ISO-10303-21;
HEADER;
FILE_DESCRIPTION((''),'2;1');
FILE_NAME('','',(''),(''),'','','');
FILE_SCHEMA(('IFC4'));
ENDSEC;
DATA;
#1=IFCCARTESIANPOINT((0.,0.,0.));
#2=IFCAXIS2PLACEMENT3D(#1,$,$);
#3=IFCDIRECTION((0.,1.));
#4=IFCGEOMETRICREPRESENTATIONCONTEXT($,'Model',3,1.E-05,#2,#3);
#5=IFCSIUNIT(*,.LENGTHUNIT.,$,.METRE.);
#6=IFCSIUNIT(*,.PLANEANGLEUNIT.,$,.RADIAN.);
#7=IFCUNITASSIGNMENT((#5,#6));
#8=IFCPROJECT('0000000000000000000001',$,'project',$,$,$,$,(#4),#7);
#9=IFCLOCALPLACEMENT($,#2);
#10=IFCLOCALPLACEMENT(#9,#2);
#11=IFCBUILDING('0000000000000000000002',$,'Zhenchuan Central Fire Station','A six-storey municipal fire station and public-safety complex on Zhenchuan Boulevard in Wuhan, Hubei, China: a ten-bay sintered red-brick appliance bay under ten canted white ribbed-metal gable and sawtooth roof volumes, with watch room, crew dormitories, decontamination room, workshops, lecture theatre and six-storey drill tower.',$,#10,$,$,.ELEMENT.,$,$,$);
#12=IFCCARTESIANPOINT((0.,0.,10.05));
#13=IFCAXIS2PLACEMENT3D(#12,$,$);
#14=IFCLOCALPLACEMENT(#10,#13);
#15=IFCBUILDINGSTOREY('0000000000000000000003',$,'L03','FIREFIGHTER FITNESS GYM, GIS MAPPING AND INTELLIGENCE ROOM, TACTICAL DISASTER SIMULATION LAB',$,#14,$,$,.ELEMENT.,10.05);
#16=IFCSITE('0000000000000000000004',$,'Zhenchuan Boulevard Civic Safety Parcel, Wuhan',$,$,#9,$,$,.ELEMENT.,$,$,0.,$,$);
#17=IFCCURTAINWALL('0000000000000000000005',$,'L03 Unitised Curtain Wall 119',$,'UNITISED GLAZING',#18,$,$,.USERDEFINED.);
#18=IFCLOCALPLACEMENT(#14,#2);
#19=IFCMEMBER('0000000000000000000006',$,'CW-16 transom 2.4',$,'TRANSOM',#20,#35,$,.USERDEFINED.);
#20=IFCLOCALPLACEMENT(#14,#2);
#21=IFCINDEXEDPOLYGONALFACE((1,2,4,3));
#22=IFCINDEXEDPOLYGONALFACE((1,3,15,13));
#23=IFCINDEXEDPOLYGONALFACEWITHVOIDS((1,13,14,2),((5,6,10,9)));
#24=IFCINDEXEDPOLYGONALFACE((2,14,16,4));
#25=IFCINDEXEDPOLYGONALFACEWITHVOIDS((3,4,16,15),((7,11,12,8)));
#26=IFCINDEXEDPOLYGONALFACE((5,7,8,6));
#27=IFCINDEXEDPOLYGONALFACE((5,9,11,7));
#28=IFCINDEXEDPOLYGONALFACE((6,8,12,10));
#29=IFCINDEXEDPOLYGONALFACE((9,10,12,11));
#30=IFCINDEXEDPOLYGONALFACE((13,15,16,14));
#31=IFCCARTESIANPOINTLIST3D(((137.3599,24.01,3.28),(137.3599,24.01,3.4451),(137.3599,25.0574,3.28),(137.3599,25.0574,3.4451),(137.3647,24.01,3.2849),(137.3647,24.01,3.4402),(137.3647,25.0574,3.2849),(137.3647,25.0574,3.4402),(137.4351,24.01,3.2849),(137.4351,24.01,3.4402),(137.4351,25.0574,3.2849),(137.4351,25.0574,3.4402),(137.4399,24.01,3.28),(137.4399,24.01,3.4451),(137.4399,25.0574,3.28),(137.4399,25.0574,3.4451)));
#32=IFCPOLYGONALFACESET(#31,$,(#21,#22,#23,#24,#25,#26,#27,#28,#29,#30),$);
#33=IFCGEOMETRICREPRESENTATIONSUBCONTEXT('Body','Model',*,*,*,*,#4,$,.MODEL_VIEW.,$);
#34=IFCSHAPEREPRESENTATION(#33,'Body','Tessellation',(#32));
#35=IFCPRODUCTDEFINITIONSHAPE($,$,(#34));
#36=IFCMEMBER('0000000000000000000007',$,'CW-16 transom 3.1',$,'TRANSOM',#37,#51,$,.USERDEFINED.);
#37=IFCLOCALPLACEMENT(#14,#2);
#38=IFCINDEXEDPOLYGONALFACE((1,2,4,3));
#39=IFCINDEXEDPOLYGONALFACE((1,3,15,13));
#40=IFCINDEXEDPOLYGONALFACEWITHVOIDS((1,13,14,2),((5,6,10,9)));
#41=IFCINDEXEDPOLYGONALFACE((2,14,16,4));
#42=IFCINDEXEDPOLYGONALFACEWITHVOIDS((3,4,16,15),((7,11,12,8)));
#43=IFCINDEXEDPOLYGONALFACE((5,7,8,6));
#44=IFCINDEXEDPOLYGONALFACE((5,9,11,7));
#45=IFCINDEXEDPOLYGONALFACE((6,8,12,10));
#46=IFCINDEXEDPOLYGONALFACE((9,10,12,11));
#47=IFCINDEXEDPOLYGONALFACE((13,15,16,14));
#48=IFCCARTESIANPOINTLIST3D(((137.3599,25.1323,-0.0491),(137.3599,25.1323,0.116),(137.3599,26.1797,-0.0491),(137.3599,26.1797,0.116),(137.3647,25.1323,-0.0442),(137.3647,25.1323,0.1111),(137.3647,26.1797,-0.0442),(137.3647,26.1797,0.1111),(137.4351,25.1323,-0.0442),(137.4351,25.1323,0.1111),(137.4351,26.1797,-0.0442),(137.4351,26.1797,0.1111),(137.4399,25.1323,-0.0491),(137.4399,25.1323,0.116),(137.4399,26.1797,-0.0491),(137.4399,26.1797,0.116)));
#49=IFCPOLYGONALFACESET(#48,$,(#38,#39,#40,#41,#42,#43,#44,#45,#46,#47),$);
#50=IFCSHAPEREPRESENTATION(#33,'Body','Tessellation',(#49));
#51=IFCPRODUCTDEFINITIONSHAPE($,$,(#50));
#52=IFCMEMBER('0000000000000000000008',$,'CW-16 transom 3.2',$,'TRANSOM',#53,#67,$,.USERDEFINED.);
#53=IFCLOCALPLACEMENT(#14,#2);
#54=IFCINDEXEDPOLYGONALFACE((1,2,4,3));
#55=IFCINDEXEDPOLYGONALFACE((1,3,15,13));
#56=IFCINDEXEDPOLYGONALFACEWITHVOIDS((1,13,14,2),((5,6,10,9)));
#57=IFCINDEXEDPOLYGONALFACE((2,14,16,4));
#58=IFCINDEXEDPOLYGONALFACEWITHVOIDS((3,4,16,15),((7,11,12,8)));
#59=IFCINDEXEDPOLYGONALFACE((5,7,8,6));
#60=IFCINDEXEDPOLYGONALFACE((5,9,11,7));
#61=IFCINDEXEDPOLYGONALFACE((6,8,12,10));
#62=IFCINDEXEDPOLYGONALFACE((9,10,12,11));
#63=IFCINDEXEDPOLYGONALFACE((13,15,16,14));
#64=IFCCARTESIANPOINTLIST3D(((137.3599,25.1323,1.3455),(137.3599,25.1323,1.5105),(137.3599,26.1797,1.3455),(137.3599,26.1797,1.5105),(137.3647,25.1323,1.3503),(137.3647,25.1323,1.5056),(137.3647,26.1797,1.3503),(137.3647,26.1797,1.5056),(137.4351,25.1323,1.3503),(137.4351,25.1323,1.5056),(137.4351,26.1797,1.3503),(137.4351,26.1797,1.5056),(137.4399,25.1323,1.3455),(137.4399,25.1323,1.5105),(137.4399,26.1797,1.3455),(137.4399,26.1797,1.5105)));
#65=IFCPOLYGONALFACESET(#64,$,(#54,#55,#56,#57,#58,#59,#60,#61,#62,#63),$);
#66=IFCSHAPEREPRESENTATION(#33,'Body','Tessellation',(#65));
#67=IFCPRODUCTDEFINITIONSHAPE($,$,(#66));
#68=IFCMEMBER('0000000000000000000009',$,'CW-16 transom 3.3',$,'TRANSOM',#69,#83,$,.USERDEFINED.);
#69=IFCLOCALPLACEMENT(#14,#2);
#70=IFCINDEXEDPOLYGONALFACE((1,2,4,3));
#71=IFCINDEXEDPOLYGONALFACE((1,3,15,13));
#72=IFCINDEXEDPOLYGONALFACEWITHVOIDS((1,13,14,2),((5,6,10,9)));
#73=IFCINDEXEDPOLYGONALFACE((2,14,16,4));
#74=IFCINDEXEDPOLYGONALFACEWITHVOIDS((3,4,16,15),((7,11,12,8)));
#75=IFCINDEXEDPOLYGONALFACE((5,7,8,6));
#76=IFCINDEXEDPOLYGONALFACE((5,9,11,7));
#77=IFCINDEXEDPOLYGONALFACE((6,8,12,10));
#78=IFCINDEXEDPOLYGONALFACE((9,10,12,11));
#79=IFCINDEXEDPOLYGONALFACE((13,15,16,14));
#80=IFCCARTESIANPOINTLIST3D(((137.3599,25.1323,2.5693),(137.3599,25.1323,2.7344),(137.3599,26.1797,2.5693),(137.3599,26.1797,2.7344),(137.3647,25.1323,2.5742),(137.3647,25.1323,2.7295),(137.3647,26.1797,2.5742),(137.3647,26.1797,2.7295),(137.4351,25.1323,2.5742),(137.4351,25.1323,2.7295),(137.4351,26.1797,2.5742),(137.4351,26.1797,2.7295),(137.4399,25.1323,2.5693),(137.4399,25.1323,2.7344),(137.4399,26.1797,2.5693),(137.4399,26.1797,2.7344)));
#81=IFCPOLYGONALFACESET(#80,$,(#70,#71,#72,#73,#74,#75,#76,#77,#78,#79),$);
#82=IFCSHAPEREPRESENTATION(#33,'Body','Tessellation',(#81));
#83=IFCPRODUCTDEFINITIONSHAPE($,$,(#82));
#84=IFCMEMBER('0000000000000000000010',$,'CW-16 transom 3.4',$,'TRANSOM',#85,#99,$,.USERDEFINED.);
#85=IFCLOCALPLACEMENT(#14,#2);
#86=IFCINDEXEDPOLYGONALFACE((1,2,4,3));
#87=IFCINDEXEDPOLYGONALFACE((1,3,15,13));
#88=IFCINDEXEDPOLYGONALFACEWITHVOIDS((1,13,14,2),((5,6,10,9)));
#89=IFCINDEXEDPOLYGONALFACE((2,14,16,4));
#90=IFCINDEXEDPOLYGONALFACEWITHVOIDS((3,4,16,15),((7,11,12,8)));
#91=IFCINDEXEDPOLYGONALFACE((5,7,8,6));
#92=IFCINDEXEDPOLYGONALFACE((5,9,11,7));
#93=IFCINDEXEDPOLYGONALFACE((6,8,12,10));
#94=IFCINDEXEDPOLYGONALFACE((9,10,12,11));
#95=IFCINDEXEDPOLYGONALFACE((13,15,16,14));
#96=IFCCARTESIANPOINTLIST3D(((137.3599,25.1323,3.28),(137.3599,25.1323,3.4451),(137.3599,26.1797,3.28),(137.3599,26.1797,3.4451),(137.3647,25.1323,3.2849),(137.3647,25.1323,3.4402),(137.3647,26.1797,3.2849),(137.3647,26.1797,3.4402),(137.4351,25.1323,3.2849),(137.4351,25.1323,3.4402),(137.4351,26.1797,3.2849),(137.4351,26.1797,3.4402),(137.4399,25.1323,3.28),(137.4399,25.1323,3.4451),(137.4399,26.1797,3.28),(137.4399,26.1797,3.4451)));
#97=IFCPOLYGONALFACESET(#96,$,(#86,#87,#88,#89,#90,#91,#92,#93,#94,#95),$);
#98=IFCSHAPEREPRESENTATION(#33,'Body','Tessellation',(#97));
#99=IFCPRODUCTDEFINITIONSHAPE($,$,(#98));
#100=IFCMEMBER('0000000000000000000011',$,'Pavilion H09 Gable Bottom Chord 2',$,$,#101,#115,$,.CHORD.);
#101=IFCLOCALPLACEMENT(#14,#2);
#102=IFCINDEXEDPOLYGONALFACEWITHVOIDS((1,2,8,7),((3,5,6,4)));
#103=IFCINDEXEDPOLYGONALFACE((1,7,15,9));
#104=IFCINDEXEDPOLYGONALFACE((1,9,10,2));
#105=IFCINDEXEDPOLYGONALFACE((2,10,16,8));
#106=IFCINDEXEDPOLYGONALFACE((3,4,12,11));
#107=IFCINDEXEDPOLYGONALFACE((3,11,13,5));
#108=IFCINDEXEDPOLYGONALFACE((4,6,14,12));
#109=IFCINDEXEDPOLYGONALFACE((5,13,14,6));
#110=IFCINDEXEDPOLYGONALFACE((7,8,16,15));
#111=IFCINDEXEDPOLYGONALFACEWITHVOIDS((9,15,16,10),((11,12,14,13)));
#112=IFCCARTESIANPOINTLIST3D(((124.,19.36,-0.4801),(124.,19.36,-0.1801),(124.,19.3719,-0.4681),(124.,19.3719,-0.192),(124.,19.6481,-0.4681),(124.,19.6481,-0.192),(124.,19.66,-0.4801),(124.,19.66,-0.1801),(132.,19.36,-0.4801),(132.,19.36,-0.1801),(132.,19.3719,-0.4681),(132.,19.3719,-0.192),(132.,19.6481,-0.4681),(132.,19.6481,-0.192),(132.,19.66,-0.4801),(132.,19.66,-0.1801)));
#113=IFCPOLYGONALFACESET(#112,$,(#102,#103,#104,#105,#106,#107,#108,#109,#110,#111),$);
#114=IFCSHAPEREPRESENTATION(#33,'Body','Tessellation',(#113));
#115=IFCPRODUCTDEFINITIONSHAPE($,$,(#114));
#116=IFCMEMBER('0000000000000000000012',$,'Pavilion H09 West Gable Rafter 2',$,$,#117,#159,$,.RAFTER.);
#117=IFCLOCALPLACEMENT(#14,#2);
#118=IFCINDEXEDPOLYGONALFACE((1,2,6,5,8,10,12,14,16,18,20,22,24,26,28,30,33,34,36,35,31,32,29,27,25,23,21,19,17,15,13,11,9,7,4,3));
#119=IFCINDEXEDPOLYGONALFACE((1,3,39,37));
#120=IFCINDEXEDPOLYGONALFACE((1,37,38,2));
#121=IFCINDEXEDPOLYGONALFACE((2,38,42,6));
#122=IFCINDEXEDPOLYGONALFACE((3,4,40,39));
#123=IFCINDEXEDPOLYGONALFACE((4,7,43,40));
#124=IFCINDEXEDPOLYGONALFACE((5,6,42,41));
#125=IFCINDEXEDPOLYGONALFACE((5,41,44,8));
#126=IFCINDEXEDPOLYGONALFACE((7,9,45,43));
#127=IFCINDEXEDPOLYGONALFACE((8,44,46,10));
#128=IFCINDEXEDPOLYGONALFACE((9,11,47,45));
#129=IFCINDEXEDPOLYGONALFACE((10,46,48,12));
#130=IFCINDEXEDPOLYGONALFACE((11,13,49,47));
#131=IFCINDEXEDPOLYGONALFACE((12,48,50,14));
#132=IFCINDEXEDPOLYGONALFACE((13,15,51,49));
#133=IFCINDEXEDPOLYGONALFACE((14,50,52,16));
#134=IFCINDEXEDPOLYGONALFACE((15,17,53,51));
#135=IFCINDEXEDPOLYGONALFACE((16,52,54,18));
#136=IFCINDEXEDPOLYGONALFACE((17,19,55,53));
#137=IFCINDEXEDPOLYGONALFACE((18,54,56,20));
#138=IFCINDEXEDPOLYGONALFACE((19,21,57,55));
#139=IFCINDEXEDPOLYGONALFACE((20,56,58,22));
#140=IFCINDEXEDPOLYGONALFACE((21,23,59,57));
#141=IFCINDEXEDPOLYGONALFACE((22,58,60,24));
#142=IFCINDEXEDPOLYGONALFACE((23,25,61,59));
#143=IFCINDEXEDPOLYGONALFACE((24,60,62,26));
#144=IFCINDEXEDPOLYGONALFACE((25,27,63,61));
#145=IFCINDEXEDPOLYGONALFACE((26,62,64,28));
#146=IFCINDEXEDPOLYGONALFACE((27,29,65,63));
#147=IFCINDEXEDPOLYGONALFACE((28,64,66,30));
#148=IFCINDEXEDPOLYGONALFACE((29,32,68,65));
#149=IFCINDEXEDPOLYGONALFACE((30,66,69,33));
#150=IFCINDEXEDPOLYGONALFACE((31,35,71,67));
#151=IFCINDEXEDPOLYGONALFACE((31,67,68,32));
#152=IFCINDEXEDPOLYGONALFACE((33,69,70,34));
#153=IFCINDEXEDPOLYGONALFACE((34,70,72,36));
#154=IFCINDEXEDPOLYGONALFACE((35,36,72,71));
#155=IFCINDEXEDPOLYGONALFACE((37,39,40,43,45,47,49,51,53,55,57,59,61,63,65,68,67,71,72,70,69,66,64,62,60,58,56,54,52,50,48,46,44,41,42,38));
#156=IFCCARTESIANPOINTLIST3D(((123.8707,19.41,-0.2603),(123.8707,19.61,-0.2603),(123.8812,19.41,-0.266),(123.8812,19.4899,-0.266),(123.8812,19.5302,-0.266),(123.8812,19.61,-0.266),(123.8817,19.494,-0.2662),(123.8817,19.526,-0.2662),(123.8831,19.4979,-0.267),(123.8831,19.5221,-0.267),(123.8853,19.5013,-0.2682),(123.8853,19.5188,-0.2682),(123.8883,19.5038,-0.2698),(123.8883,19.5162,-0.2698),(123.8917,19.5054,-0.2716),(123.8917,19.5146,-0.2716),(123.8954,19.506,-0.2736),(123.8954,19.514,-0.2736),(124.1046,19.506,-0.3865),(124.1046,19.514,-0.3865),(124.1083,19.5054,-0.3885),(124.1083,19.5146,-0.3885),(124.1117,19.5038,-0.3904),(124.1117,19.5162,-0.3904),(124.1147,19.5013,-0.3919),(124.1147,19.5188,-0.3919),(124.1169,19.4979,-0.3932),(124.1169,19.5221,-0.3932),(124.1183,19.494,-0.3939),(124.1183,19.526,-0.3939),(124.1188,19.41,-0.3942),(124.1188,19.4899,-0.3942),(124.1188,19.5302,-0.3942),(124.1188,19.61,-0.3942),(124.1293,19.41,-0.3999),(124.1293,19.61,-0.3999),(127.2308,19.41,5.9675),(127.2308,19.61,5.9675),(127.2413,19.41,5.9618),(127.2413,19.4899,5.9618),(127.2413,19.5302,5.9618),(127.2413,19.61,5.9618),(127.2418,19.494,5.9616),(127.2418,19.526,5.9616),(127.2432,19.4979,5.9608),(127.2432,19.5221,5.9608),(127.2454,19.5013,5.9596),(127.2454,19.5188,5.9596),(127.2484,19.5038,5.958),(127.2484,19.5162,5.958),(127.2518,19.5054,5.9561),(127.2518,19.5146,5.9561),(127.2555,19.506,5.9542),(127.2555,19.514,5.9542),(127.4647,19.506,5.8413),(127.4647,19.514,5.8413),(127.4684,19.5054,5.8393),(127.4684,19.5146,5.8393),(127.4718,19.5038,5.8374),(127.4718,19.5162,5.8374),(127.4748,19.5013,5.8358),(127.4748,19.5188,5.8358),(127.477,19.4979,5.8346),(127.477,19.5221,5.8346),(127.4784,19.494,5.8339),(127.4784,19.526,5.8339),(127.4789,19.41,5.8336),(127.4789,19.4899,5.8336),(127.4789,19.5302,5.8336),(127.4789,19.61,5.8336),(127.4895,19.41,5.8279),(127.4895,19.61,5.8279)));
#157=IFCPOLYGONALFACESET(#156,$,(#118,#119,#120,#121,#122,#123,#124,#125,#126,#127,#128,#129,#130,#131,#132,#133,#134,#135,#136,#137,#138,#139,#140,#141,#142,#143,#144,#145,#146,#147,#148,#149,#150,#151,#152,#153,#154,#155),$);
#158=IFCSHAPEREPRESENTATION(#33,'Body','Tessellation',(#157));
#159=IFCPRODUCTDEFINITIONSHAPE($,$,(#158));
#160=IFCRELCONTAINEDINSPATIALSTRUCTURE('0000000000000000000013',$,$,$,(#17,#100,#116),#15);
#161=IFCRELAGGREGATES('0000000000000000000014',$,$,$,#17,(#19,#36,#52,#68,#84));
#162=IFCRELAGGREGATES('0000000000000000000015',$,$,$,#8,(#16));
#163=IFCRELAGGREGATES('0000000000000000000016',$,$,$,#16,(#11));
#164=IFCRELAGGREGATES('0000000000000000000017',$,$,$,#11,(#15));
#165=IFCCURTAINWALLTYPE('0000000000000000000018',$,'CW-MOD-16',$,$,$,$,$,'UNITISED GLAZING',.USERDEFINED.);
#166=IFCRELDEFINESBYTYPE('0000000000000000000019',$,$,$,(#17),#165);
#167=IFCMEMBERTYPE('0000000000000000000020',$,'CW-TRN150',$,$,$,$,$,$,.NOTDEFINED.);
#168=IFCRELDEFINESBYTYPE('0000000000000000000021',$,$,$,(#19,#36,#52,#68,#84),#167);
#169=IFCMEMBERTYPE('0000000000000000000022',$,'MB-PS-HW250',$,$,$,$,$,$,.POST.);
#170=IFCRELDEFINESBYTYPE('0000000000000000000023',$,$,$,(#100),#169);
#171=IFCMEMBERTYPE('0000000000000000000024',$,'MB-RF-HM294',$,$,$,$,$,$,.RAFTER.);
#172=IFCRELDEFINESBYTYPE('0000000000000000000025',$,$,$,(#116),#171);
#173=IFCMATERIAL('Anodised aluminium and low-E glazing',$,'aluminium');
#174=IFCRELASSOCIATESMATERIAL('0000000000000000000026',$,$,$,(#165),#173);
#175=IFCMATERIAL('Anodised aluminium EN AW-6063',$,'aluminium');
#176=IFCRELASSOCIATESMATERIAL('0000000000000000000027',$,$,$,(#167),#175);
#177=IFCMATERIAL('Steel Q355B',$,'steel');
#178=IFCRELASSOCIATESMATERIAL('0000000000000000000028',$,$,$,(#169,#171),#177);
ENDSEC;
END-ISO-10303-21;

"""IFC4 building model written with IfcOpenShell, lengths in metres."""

from ifc_helpers import new_model, si_unit, direction, frame, origin, origin_2d, place, context, subcontext, project, spatial, hollow_rectangle, i_section, extrude, material, material_profile, profile_set, type_object, element, aggregate, save


model = new_model("IFC4")

# Units and contexts
model_context = context("Model", 3, precision=1e-05, world=origin(), true_north=direction((0.0, 1.0)))
body_context = subcontext(model_context, "Body", "Model", "MODEL_VIEW")
ifc_project = project(units=[si_unit("LENGTHUNIT", "METRE"), si_unit("PLANEANGLEUNIT", "RADIAN")], contexts=[model_context])

# Site, building, storey
site_placement = place(None, origin())
site = spatial("IfcSite", under=ifc_project, at=site_placement, Name="Zhenchuan Boulevard Civic Safety Parcel, Wuhan", CompositionType="ELEMENT", RefElevation=0.0)
building_placement = place(site_placement, origin())
building = spatial("IfcBuilding", under=site, at=building_placement, Name="Zhenchuan Central Fire Station", Description="A six-storey municipal fire station and public-safety complex on Zhenchuan Boulevard in Wuhan, Hubei, China: a ten-bay sintered red-brick appliance bay under ten canted white ribbed-metal gable and sawtooth roof volumes, with watch room, crew dormitories, decontamination room, workshops, lecture theatre and six-storey drill tower.", CompositionType="ELEMENT")
storey_placement = place(building_placement, frame((0.0, 0.0, 10.05)))
storey = spatial("IfcBuildingStorey", under=building, at=storey_placement, Name="L03", Description="FIREFIGHTER FITNESS GYM, GIS MAPPING AND INTELLIGENCE ROOM, TACTICAL DISASTER SIMULATION LAB", CompositionType="ELEMENT", Elevation=10.05)

# Curtain wall, members
ifc_material_1 = material(Name="Anodised aluminium and low-E glazing", Category="aluminium")
curtain_wall_type = type_object("IfcCurtainWallType", Name="CW-MOD-16", ElementType="UNITISED GLAZING", PredefinedType="USERDEFINED", material=ifc_material_1)
curtain_wall_placement = place(storey_placement, origin())
curtain_wall = element("IfcCurtainWall", 1, at=curtain_wall_placement, inside=storey, type_object=curtain_wall_type, Name="L03 Unitised Curtain Wall 119", ObjectType="UNITISED GLAZING", PredefinedType="USERDEFINED")
ifc_material_2 = material(Name="Anodised aluminium EN AW-6063", Category="aluminium")
ifc_material_profile_1 = material_profile(ifc_material_2, hollow_rectangle(XDim=0.0801, YDim=0.165, WallThickness=0.0049, at=origin_2d()), Name="ALU-T 165x80")
ifc_profile_set_1 = profile_set([ifc_material_profile_1], Name="Anodised aluminium EN AW-6063")
member_type_1 = type_object("IfcMemberType", Name="CW-TRN150", PredefinedType="NOTDEFINED", material=ifc_profile_set_1)
member_1_placement = place(storey_placement, frame((137.3999, 24.01, 3.3625), z_axis=(0.0, 1.0, 0.0), x_axis=(-1.0, 0.0, 0.0)))
member_1 = element("IfcMember", 2, at=member_1_placement, type_object=member_type_1, Name="CW-16 transom 2.4", ObjectType="TRANSOM", PredefinedType="USERDEFINED", context=body_context, shape_type="SweptSolid", body=[
    extrude(hollow_rectangle(XDim=0.0801, YDim=0.165, WallThickness=0.0049, at=origin_2d()), origin(), (0.0, 0.0, 1.0), 1.0474),
])
member_2_placement = place(storey_placement, frame((137.3999, 25.1323, 0.0334), z_axis=(0.0, 1.0, 0.0), x_axis=(-1.0, 0.0, 0.0)))
member_2 = element("IfcMember", 3, at=member_2_placement, type_object=member_type_1, Name="CW-16 transom 3.1", ObjectType="TRANSOM", PredefinedType="USERDEFINED", context=body_context, shape_type="SweptSolid", body=[
    extrude(hollow_rectangle(XDim=0.0801, YDim=0.165, WallThickness=0.0049, at=origin_2d()), origin(), (0.0, 0.0, 1.0), 1.0474),
])
member_3_placement = place(storey_placement, frame((137.3999, 25.1323, 1.428), z_axis=(0.0, 1.0, 0.0), x_axis=(-1.0, 0.0, 0.0)))
member_3 = element("IfcMember", 4, at=member_3_placement, type_object=member_type_1, Name="CW-16 transom 3.2", ObjectType="TRANSOM", PredefinedType="USERDEFINED", context=body_context, shape_type="SweptSolid", body=[
    extrude(hollow_rectangle(XDim=0.0801, YDim=0.165, WallThickness=0.0049, at=origin_2d()), origin(), (0.0, 0.0, 1.0), 1.0474),
])
member_4_placement = place(storey_placement, frame((137.3999, 25.1323, 2.6519), z_axis=(0.0, 1.0, 0.0), x_axis=(-1.0, 0.0, 0.0)))
member_4 = element("IfcMember", 5, at=member_4_placement, type_object=member_type_1, Name="CW-16 transom 3.3", ObjectType="TRANSOM", PredefinedType="USERDEFINED", context=body_context, shape_type="SweptSolid", body=[
    extrude(hollow_rectangle(XDim=0.0801, YDim=0.165, WallThickness=0.0049, at=origin_2d()), origin(), (0.0, 0.0, 1.0), 1.0474),
])
member_5_placement = place(storey_placement, frame((137.3999, 25.1323, 3.3625), z_axis=(0.0, 1.0, 0.0), x_axis=(-1.0, 0.0, 0.0)))
member_5 = element("IfcMember", 6, at=member_5_placement, type_object=member_type_1, Name="CW-16 transom 3.4", ObjectType="TRANSOM", PredefinedType="USERDEFINED", context=body_context, shape_type="SweptSolid", body=[
    extrude(hollow_rectangle(XDim=0.0801, YDim=0.165, WallThickness=0.0049, at=origin_2d()), origin(), (0.0, 0.0, 1.0), 1.0474),
])

# Members
ifc_material_3 = material(Name="Steel Q355B", Category="steel")
ifc_material_profile_2 = material_profile(ifc_material_3, hollow_rectangle(XDim=0.3, YDim=0.3, WallThickness=0.012, at=origin_2d()), Name="SHS 300x300x12")
ifc_profile_set_2 = profile_set([ifc_material_profile_2], Name="Steel Q355B")
member_type_2 = type_object("IfcMemberType", Name="MB-PS-HW250", PredefinedType="POST", material=ifc_profile_set_2)
member_6_placement = place(storey_placement, frame((124.0, 19.51, -0.3301), z_axis=(1.0, 0.0, 0.0), x_axis=(0.0, 1.0, 0.0)))
element("IfcMember", 7, at=member_6_placement, inside=storey, type_object=member_type_2, Name="Pavilion H09 Gable Bottom Chord 2", PredefinedType="CHORD", context=body_context, shape_type="SweptSolid", body=[
    extrude(hollow_rectangle(XDim=0.3, YDim=0.3, WallThickness=0.012, at=origin_2d()), origin(), (0.0, 0.0, 1.0), 8.0),
])
ifc_material_profile_3 = material_profile(ifc_material_3, i_section(OverallWidth=0.2, OverallDepth=0.2939, WebThickness=0.0081, FlangeThickness=0.012, FilletRadius=0.0161, at=origin_2d()), Name="HM 294x200")
ifc_profile_set_3 = profile_set([ifc_material_profile_3], Name="Steel Q355B")
member_type_3 = type_object("IfcMemberType", Name="MB-RF-HM294", PredefinedType="RAFTER", material=ifc_profile_set_3)
member_7_placement = place(storey_placement, frame((124.0, 19.51, -0.3301), z_axis=(0.474832, 0.0, 0.880076), x_axis=(0.0, 1.0, 0.0)))
element("IfcMember", 8, at=member_7_placement, inside=storey, type_object=member_type_3, Name="Pavilion H09 West Gable Rafter 2", PredefinedType="RAFTER", context=body_context, shape_type="SweptSolid", body=[
    extrude(i_section(OverallWidth=0.2, OverallDepth=0.2939, WebThickness=0.0081, FlangeThickness=0.012, FilletRadius=0.0161, at=origin_2d()), origin(), (0.0, 0.0, 1.0), 7.0764),
])

aggregate(curtain_wall, [member_1, member_2, member_3, member_4, member_5])

save(model, "model.ifc")
